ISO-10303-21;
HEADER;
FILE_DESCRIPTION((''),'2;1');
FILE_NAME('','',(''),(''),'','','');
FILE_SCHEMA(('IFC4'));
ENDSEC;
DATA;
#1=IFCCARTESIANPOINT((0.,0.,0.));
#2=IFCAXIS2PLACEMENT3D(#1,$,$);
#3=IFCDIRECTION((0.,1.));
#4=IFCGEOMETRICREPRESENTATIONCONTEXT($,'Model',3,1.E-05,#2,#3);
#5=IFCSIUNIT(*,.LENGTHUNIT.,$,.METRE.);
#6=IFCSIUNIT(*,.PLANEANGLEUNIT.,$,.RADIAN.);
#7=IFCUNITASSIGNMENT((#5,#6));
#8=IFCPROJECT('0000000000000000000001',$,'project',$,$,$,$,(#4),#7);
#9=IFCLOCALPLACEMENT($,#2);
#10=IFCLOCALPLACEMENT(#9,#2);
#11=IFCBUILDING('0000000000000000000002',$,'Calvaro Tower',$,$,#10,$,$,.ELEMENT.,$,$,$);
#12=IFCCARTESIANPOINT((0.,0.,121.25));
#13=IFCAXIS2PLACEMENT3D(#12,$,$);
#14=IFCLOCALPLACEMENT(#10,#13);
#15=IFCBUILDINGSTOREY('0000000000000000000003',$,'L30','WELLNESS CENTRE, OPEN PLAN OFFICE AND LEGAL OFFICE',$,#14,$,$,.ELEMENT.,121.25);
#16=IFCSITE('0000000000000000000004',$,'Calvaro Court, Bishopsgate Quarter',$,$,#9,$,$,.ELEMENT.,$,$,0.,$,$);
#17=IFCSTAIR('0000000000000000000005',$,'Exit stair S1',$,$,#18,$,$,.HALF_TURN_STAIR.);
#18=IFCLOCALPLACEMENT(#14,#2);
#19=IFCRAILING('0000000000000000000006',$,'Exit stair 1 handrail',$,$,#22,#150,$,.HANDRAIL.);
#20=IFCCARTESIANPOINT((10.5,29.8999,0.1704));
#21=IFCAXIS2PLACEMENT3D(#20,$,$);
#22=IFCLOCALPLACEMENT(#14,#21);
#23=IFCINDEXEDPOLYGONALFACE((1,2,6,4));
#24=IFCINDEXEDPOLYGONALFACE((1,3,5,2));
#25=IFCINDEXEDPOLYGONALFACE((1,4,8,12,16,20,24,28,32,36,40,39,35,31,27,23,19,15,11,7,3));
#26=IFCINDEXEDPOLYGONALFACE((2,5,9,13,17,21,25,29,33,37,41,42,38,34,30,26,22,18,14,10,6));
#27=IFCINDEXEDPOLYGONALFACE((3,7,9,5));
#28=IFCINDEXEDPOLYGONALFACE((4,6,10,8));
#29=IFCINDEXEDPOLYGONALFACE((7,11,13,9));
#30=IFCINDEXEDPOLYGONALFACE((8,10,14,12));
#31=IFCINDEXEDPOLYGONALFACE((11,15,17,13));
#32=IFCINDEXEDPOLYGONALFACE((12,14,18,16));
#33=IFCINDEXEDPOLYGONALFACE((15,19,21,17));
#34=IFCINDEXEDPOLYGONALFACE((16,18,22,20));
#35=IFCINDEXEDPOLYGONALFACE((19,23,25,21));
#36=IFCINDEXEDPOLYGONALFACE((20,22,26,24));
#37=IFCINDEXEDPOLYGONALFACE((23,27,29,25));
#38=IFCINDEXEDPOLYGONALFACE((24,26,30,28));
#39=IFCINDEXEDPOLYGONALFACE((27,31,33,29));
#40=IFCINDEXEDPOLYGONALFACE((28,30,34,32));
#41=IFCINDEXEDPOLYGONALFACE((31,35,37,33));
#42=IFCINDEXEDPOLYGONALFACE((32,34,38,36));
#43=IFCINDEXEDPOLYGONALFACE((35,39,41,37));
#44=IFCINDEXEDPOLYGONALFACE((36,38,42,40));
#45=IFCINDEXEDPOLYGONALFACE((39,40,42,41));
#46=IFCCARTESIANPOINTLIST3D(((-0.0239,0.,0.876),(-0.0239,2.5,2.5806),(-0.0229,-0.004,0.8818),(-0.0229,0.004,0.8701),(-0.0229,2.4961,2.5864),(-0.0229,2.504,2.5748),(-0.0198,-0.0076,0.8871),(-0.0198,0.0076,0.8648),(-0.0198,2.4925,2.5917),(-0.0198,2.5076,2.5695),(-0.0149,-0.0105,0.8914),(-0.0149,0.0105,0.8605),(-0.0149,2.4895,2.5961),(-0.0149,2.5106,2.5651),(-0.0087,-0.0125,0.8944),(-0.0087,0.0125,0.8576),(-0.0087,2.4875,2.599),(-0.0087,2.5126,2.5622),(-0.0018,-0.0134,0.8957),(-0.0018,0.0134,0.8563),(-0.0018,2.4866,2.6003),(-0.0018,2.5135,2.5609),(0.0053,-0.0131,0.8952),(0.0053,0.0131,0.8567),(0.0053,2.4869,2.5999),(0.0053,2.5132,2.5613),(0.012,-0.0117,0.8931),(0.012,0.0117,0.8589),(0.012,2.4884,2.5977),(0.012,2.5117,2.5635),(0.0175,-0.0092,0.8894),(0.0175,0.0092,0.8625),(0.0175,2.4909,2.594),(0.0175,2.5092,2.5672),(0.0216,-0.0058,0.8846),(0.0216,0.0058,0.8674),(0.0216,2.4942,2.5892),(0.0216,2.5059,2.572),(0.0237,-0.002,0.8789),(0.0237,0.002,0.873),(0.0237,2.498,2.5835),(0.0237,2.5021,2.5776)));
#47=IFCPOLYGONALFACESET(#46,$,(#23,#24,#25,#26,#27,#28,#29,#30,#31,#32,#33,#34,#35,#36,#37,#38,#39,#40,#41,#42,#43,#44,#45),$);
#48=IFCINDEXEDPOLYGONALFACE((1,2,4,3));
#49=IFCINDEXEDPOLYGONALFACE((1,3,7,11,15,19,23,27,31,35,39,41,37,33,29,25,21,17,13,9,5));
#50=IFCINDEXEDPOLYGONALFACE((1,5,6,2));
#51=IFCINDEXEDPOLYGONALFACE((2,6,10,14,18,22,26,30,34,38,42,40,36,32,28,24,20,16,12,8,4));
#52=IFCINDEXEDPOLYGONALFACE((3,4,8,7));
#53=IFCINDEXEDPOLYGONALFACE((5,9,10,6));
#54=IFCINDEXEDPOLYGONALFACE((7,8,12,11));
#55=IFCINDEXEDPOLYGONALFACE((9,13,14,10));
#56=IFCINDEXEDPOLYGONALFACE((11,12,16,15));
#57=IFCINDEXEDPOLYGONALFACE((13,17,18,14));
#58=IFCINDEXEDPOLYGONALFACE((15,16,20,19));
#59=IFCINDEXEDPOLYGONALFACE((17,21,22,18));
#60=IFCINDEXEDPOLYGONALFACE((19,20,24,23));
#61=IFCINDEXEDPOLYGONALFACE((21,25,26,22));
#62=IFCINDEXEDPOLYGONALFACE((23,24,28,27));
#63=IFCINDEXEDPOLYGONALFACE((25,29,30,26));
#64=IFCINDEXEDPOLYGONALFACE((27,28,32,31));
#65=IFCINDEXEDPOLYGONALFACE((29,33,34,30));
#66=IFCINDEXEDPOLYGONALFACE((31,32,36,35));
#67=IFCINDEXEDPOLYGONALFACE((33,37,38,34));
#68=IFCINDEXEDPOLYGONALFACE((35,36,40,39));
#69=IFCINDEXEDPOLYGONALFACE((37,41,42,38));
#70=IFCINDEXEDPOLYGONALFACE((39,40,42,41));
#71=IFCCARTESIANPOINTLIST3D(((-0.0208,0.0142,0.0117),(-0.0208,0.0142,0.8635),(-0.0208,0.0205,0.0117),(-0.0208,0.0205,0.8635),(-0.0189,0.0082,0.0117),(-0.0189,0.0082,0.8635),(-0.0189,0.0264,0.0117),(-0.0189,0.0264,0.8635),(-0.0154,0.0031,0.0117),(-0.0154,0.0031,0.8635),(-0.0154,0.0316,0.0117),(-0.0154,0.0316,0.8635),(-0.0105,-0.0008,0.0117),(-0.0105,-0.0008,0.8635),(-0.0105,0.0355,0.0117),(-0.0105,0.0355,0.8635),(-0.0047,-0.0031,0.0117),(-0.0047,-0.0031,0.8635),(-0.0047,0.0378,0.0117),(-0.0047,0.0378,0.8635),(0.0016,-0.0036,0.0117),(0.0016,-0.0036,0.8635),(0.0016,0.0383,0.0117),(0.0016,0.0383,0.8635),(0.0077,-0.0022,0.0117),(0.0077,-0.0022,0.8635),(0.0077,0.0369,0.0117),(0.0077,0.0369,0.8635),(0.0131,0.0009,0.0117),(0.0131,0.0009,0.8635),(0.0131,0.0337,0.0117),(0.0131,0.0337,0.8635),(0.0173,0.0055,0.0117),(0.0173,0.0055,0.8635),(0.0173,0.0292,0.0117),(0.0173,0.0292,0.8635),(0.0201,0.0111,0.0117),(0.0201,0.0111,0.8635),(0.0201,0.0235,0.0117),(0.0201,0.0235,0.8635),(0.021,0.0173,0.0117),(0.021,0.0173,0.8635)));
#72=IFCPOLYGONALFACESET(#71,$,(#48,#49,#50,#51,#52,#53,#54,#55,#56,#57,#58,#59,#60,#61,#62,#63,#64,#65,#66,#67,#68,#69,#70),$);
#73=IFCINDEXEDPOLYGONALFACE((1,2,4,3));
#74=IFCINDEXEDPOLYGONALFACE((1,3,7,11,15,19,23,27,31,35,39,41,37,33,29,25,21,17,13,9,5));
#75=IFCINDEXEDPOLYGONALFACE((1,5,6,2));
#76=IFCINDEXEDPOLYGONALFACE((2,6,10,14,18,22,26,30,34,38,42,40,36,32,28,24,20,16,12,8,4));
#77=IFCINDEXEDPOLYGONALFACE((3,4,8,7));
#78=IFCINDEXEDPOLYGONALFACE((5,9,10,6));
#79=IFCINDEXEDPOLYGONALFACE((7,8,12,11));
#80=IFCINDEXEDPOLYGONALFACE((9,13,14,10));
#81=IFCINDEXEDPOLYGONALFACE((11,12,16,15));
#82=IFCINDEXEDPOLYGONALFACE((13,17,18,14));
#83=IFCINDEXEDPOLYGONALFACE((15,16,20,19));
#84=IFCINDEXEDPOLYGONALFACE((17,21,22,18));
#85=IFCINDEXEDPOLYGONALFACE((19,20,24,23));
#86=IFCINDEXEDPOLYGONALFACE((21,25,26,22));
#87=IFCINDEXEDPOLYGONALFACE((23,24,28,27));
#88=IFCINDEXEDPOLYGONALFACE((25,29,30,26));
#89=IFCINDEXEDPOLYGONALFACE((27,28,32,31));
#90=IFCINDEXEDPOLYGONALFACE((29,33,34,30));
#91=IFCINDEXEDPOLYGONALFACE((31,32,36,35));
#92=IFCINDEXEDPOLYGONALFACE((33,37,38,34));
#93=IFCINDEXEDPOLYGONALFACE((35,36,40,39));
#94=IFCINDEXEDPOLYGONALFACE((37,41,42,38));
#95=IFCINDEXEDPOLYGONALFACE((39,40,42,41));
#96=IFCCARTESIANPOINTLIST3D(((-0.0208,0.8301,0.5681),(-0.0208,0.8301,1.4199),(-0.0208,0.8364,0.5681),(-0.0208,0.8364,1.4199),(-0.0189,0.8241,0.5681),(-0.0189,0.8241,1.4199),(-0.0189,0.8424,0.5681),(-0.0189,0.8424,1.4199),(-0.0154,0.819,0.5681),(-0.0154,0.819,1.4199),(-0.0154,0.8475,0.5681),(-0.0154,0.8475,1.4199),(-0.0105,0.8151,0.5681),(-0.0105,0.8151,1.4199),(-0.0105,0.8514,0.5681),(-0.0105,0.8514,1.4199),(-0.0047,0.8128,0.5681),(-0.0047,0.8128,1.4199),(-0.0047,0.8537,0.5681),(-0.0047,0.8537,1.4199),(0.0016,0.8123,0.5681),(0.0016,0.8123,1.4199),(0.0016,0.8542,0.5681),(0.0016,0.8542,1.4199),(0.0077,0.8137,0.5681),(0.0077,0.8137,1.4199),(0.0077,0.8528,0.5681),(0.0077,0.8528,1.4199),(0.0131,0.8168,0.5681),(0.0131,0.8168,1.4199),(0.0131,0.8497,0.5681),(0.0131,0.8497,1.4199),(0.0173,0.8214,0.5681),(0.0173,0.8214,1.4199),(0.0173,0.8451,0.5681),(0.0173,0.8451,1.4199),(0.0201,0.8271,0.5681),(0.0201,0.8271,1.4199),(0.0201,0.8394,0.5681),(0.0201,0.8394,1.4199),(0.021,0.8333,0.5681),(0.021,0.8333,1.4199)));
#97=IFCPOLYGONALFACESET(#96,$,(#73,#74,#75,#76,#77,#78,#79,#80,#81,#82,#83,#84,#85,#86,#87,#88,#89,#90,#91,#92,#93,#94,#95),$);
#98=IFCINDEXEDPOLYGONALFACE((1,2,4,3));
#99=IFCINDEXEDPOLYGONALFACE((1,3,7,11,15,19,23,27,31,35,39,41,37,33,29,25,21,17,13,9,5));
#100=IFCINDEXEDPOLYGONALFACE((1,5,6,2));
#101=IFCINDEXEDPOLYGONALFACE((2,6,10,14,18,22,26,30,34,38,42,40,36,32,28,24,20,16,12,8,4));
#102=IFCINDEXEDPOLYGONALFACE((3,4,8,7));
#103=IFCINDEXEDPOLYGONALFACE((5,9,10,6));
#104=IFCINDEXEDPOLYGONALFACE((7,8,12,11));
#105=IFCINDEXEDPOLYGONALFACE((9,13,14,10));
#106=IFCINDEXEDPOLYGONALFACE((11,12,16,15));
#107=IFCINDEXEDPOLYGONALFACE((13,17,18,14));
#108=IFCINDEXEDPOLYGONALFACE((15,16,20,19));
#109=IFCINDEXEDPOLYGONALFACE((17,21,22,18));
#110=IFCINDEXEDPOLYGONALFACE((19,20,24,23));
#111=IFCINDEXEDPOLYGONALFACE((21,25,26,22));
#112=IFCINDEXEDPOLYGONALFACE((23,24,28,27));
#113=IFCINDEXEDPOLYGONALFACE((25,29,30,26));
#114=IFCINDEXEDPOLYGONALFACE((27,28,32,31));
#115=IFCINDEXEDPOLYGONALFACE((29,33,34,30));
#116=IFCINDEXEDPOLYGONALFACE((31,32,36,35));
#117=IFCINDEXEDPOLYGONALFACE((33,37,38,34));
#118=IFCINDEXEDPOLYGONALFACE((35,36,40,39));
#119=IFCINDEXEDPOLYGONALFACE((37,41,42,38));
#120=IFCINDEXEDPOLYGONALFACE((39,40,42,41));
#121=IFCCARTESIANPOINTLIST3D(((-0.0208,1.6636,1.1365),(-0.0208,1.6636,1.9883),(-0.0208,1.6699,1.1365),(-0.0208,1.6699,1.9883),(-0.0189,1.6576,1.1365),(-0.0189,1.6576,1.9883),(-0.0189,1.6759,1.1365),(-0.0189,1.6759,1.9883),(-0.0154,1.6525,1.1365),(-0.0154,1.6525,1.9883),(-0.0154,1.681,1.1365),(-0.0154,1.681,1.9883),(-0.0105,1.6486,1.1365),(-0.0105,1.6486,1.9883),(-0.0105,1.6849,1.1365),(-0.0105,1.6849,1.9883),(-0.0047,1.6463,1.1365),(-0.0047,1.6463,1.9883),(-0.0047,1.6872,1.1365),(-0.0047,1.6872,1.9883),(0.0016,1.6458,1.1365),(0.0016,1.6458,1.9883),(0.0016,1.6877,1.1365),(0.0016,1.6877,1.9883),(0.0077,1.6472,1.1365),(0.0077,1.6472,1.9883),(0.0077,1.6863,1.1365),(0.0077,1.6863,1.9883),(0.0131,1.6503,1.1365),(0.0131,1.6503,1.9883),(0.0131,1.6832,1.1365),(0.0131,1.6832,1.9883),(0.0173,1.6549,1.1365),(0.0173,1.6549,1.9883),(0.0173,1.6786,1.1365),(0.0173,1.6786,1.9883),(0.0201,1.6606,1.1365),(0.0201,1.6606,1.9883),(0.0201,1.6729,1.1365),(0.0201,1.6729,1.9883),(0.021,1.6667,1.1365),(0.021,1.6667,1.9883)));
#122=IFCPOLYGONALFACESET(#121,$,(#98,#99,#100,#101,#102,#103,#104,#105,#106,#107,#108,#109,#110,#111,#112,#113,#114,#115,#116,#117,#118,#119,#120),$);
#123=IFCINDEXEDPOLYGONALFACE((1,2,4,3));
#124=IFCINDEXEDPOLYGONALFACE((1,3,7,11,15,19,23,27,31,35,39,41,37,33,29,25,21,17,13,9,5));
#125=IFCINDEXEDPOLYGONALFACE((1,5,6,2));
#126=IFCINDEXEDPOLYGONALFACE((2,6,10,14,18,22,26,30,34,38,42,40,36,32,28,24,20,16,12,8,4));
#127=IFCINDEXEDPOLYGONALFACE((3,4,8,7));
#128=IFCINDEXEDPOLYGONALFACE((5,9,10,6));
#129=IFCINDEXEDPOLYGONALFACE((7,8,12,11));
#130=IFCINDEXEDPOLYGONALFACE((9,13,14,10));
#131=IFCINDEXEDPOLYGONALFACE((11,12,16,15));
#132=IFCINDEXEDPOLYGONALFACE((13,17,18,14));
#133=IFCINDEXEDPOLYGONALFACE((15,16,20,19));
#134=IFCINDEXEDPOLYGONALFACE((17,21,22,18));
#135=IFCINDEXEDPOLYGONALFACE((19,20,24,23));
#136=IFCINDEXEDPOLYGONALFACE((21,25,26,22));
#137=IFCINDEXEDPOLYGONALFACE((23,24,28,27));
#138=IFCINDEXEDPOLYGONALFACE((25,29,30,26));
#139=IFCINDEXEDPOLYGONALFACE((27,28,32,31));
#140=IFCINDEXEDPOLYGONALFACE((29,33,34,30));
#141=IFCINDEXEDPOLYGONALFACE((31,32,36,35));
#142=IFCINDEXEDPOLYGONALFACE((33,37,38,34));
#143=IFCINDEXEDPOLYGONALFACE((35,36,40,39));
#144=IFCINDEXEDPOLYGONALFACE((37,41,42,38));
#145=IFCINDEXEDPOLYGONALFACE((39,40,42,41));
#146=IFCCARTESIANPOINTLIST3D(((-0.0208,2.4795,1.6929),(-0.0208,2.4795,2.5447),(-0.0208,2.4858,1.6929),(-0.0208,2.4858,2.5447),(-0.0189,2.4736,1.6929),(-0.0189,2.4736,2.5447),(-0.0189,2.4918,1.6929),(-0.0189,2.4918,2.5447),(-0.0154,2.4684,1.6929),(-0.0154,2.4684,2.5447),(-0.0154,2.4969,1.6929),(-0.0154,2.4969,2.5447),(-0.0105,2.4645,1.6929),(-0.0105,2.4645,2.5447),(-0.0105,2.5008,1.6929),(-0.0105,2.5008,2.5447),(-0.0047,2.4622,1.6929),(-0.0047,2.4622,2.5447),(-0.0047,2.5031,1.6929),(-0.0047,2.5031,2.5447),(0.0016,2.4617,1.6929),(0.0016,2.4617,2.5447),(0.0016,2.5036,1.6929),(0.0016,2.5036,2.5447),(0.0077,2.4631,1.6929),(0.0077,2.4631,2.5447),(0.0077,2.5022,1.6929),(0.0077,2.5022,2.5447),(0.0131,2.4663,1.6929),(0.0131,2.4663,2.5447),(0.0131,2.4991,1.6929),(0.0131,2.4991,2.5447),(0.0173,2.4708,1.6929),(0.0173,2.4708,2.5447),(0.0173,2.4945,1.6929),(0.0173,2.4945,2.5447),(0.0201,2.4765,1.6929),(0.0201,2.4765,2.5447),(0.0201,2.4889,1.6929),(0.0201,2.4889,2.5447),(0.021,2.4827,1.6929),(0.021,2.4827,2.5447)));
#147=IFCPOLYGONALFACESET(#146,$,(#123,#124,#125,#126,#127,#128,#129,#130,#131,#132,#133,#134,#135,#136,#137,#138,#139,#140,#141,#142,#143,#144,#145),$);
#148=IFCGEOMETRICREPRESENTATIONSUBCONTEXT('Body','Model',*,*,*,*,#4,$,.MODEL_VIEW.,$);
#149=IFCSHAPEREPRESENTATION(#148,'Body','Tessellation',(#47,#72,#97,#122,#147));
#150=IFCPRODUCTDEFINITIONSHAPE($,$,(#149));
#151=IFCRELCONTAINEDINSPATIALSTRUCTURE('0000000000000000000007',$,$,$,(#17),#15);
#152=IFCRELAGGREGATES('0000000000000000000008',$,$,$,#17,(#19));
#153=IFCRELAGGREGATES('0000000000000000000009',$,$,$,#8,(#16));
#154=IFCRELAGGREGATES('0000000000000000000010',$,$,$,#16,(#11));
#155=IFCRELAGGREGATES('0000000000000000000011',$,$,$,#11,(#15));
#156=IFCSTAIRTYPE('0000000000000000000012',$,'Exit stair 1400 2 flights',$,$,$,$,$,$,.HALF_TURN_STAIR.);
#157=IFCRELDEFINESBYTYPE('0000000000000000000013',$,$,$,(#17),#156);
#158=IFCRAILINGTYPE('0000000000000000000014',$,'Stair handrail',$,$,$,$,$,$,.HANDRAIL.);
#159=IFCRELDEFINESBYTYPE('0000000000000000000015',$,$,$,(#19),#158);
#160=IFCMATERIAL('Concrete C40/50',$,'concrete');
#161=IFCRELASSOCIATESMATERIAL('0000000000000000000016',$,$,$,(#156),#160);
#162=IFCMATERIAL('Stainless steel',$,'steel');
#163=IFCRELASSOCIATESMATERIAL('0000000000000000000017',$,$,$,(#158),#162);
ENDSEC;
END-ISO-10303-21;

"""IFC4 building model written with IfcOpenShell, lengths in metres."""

from ifc_helpers import new_model, si_unit, direction, frame, origin, origin_2d, place, context, subcontext, project, spatial, circle, extrude, material, type_object, element, aggregate, save


model = new_model("IFC4")

# Units and contexts
model_context = context("Model", 3, precision=1e-05, world=origin(), true_north=direction((0.0, 1.0)))
body_context = subcontext(model_context, "Body", "Model", "MODEL_VIEW")
ifc_project = project(units=[si_unit("LENGTHUNIT", "METRE"), si_unit("PLANEANGLEUNIT", "RADIAN")], contexts=[model_context])

# Site, building, storey
site_placement = place(None, origin())
site = spatial("IfcSite", under=ifc_project, at=site_placement, Name="Calvaro Court, Bishopsgate Quarter", CompositionType="ELEMENT", RefElevation=0.0)
building_placement = place(site_placement, origin())
building = spatial("IfcBuilding", under=site, at=building_placement, Name="Calvaro Tower", CompositionType="ELEMENT")
storey_placement = place(building_placement, frame((0.0, 0.0, 121.25)))
storey = spatial("IfcBuildingStorey", under=building, at=storey_placement, Name="L30", Description="WELLNESS CENTRE, OPEN PLAN OFFICE AND LEGAL OFFICE", CompositionType="ELEMENT", Elevation=121.25)

# Stair, railing
ifc_material_1 = material(Name="Concrete C40/50", Category="concrete")
stair_type = type_object("IfcStairType", Name="Exit stair 1400 2 flights", PredefinedType="HALF_TURN_STAIR", material=ifc_material_1)
stair_placement = place(storey_placement, origin())
stair = element("IfcStair", 1, at=stair_placement, inside=storey, type_object=stair_type, Name="Exit stair S1", PredefinedType="HALF_TURN_STAIR")
ifc_material_2 = material(Name="Stainless steel", Category="steel")
railing_type = type_object("IfcRailingType", Name="Stair handrail", PredefinedType="HANDRAIL", material=ifc_material_2)
railing_placement = place(storey_placement, frame((10.5, 29.8999, 0.1704)))
railing = element("IfcRailing", 2, at=railing_placement, type_object=railing_type, Name="Exit stair 1 handrail", PredefinedType="HANDRAIL", context=body_context, shape_type="SweptSolid", body=[
    extrude(circle(Radius=0.0239, at=origin_2d()), frame((0.0, 0.0, 0.876), z_axis=(0.0, 0.826221, 0.563347), x_axis=(-1.0, 0.0, 0.0)), (0.0, 0.0, 1.0), 3.0259),
    extrude(circle(Radius=0.021, at=origin_2d()), frame((0.0, 0.0173, 0.0117)), (0.0, 0.0, 1.0), 0.8518),
    extrude(circle(Radius=0.021, at=origin_2d()), frame((0.0, 0.8333, 0.5681)), (0.0, 0.0, 1.0), 0.8518),
    extrude(circle(Radius=0.021, at=origin_2d()), frame((0.0, 1.6667, 1.1365)), (0.0, 0.0, 1.0), 0.8518),
    extrude(circle(Radius=0.021, at=origin_2d()), frame((0.0, 2.4827, 1.6929)), (0.0, 0.0, 1.0), 0.8518),
])
aggregate(stair, [railing])

save(model, "model.ifc")
